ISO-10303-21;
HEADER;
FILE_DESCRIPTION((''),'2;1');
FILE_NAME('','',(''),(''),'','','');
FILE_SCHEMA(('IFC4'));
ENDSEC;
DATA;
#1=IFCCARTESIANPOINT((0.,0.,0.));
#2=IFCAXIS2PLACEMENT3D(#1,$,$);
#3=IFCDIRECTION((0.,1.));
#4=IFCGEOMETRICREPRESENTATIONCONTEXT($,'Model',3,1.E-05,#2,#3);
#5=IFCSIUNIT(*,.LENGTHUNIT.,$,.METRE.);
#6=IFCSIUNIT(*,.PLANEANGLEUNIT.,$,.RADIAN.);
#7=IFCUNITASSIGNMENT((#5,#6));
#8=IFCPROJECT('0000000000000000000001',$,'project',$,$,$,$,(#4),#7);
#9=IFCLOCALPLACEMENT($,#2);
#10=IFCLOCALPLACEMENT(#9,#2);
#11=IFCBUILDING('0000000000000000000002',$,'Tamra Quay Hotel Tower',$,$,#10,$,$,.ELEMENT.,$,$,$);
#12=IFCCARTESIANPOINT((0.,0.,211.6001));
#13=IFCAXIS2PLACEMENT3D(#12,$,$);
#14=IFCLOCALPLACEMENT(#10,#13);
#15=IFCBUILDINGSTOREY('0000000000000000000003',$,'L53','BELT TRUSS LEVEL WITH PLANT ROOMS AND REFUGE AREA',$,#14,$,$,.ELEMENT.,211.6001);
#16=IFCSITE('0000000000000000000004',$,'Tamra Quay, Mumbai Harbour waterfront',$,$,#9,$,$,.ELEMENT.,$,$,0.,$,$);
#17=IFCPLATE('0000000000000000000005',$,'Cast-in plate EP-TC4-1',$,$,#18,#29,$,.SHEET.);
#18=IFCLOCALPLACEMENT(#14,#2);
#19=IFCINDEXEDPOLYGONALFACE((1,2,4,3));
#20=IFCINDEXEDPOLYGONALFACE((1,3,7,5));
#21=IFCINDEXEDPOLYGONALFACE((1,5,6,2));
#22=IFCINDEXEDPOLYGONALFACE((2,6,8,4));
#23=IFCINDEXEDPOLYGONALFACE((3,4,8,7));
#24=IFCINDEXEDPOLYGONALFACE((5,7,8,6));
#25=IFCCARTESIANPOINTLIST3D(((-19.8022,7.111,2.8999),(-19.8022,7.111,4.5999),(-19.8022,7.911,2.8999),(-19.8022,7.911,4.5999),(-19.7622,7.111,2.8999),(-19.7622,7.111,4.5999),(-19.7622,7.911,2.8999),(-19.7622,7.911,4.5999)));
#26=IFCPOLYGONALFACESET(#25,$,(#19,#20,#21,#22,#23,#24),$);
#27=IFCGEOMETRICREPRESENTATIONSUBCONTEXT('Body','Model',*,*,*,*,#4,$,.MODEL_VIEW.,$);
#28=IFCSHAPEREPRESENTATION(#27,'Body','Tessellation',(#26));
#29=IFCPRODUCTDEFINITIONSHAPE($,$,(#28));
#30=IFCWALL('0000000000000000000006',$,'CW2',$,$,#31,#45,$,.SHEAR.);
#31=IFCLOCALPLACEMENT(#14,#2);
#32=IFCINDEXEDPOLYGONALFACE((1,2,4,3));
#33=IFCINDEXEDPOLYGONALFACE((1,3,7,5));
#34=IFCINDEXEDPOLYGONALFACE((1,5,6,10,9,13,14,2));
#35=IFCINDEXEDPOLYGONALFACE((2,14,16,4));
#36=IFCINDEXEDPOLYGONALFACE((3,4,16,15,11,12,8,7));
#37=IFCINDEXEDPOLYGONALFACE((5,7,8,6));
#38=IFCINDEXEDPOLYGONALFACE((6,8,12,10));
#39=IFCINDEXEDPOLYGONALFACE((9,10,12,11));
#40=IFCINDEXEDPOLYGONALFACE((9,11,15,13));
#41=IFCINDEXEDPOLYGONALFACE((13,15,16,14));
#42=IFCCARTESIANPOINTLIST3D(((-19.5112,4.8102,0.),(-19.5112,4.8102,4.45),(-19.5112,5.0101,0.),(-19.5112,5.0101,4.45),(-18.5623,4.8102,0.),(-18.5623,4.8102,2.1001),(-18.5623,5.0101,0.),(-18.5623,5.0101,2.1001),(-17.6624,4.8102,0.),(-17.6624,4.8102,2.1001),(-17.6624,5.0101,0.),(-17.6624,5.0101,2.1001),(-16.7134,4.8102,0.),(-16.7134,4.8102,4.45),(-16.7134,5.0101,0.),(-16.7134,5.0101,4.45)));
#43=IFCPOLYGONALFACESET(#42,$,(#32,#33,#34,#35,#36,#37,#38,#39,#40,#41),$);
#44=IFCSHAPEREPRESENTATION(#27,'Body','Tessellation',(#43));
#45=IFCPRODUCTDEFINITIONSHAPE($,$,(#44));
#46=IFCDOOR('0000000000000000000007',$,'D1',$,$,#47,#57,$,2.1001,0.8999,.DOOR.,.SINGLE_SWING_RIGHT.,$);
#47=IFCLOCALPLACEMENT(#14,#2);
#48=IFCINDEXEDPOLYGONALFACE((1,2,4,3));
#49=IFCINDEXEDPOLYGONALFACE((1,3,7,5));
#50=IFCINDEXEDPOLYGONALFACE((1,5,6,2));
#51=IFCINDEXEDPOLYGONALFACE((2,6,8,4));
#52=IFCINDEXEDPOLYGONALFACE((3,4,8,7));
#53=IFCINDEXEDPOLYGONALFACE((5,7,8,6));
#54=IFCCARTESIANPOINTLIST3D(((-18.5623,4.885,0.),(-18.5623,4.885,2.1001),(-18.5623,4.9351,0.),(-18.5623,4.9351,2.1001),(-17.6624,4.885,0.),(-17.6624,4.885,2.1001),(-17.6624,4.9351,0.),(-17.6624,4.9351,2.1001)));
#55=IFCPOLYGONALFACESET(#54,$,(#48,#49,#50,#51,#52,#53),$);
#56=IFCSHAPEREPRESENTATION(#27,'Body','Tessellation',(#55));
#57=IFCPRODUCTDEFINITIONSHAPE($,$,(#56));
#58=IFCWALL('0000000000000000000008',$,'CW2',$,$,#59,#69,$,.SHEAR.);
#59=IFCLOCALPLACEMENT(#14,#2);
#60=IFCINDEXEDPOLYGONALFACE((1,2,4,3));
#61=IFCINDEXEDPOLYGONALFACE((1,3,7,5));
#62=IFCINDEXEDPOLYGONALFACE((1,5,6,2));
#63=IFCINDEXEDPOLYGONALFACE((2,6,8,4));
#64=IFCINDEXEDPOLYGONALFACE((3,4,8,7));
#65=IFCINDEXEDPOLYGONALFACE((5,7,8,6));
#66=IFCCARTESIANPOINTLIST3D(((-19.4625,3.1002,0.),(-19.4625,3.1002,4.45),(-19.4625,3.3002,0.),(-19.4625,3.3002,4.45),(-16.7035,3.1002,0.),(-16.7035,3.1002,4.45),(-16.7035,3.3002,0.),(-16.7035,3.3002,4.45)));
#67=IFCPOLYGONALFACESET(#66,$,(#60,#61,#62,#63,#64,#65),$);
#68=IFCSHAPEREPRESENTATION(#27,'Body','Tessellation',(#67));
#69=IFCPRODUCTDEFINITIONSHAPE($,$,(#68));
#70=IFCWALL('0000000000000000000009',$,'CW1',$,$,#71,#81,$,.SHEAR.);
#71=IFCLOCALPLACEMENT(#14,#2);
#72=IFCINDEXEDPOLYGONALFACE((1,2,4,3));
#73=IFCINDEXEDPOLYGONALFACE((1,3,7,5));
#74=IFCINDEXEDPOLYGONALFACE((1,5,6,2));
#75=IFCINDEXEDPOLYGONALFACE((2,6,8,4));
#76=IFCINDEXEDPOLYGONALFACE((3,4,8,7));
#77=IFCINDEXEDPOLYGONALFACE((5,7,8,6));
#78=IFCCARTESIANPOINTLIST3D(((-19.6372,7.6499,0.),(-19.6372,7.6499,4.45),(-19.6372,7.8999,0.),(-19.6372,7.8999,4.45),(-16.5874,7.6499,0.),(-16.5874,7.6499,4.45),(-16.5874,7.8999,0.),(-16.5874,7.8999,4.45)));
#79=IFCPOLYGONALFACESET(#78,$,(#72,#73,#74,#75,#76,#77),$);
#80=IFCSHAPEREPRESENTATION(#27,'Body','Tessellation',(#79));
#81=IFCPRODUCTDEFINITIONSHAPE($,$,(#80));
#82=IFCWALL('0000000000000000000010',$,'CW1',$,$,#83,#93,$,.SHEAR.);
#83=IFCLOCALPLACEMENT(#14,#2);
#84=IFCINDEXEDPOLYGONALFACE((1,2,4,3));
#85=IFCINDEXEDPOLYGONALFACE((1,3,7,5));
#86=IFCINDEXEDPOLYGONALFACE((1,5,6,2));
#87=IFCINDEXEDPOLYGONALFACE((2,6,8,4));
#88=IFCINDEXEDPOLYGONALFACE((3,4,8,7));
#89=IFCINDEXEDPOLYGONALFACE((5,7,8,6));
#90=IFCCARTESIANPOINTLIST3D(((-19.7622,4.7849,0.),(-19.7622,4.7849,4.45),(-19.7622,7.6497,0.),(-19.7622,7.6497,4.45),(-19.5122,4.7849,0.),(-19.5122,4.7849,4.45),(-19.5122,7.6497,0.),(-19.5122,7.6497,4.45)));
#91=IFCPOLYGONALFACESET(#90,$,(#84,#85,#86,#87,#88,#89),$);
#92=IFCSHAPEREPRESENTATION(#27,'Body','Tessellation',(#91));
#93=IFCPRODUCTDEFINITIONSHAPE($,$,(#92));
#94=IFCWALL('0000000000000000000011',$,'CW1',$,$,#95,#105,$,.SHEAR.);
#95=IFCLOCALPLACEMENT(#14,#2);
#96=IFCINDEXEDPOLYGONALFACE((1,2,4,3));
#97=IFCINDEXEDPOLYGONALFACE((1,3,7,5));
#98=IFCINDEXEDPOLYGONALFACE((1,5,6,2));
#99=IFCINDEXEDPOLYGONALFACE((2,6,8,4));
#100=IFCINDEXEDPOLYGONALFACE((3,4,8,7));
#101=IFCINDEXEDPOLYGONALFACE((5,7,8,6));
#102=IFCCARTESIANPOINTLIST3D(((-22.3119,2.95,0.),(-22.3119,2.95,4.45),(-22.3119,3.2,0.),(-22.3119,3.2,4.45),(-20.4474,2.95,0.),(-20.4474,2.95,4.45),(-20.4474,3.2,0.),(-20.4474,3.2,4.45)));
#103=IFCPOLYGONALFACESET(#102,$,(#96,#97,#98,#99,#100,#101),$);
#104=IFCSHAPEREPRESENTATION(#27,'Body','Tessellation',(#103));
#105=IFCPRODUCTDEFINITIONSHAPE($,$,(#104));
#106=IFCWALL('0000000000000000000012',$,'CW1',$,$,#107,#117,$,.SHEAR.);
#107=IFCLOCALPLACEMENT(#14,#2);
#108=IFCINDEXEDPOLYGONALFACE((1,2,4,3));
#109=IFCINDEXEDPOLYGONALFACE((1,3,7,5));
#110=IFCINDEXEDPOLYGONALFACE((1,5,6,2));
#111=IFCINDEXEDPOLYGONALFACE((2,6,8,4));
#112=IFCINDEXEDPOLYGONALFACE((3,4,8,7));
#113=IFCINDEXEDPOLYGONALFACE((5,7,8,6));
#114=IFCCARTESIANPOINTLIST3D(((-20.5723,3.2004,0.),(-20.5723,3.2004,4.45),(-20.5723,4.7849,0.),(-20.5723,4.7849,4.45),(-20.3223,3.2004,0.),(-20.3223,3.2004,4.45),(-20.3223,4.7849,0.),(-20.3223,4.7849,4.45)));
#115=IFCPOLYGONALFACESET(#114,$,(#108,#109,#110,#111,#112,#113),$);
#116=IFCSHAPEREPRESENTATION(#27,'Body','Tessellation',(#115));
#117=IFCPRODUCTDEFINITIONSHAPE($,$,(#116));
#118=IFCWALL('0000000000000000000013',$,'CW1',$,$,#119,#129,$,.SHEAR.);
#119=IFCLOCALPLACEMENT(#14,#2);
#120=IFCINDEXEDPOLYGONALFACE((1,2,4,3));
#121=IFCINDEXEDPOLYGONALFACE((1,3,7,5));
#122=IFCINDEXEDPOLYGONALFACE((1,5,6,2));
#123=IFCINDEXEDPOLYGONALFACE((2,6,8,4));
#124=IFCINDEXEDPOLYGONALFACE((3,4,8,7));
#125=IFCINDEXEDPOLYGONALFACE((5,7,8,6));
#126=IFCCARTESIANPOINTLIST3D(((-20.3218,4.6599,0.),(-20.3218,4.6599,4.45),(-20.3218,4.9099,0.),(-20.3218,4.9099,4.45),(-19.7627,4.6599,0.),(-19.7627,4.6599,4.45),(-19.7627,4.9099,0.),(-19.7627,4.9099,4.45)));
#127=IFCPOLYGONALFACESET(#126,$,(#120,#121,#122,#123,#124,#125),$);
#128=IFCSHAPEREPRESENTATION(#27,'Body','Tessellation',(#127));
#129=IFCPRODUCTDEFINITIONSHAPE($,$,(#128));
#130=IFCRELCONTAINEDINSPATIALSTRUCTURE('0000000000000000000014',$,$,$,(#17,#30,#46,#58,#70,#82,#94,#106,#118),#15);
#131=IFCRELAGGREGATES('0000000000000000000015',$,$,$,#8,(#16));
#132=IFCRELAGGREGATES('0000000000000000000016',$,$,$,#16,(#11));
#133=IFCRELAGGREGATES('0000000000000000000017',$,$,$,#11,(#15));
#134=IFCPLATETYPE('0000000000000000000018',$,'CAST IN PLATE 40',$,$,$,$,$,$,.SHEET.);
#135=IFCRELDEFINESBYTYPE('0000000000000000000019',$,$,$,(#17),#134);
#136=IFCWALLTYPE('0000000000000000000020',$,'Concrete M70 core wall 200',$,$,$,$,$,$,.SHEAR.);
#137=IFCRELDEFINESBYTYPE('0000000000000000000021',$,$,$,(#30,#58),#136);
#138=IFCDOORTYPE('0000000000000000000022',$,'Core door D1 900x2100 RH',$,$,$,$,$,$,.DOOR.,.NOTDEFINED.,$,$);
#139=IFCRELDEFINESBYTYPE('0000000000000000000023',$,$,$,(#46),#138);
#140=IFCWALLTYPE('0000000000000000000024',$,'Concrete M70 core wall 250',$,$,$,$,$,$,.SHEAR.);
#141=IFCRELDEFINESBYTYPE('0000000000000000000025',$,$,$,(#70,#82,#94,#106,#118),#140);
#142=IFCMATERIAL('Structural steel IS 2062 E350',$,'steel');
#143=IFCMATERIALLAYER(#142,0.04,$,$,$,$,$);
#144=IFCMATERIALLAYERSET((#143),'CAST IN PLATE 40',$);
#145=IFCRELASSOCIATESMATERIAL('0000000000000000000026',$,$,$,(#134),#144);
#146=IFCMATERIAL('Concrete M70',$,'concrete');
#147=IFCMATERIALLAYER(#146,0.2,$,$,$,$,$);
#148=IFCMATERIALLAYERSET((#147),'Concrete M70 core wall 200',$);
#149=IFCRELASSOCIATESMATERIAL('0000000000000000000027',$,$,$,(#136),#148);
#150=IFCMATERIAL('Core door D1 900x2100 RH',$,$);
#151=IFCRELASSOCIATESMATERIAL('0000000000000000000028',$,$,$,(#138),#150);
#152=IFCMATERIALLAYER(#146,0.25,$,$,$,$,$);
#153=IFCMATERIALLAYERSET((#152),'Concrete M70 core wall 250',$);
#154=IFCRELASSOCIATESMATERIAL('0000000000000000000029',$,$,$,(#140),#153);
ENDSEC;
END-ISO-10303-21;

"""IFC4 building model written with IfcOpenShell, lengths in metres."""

from ifc_helpers import new_model, si_unit, direction, frame, frame_2d, origin, origin_2d, place, context, subcontext, project, spatial, rectangle, extrude, material, layer, layer_set, type_object, element, fill, save


model = new_model("IFC4")

# Units and contexts
model_context = context("Model", 3, precision=1e-05, world=origin(), true_north=direction((0.0, 1.0)))
body_context = subcontext(model_context, "Body", "Model", "MODEL_VIEW")
ifc_project = project(units=[si_unit("LENGTHUNIT", "METRE"), si_unit("PLANEANGLEUNIT", "RADIAN")], contexts=[model_context])

# Site, building, storey
site_placement = place(None, origin())
site = spatial("IfcSite", under=ifc_project, at=site_placement, Name="Tamra Quay, Mumbai Harbour waterfront", CompositionType="ELEMENT", RefElevation=0.0)
building_placement = place(site_placement, origin())
building = spatial("IfcBuilding", under=site, at=building_placement, Name="Tamra Quay Hotel Tower", CompositionType="ELEMENT")
storey_placement = place(building_placement, frame((0.0, 0.0, 211.6001)))
storey = spatial("IfcBuildingStorey", under=building, at=storey_placement, Name="L53", Description="BELT TRUSS LEVEL WITH PLANT ROOMS AND REFUGE AREA", CompositionType="ELEMENT", Elevation=211.6001)

# Shared definitions
ifc_material_1 = material(Name="Structural steel IS 2062 E350", Category="steel")

# Plate
ifc_layer_1 = layer(ifc_material_1, 0.04)
ifc_layer_set_1 = layer_set([ifc_layer_1], Name="CAST IN PLATE 40")
plate_type_1 = type_object("IfcPlateType", Name="CAST IN PLATE 40", PredefinedType="SHEET", material=ifc_layer_set_1)
plate_placement = place(storey_placement, frame((-19.7822, 7.511, 2.8999), z_axis=(0.0, 0.0, 1.0), x_axis=(-1.0, 0.0, 0.0)))
element("IfcPlate", 1, at=plate_placement, inside=storey, type_object=plate_type_1, Name="Cast-in plate EP-TC4-1", PredefinedType="SHEET", context=body_context, shape_type="SweptSolid", body=[
    extrude(rectangle(XDim=0.04, YDim=0.8, at=origin_2d()), origin(), (0.0, 0.0, 1.0), 1.7),
])

# Wall, opening, door
ifc_material_2 = material(Name="Concrete M70", Category="concrete")
ifc_layer_2 = layer(ifc_material_2, 0.2)
ifc_layer_set_2 = layer_set([ifc_layer_2], Name="Concrete M70 core wall 200")
wall_type_1 = type_object("IfcWallType", Name="Concrete M70 core wall 200", PredefinedType="SHEAR", material=ifc_layer_set_2)
wall_1_placement = place(storey_placement, frame((-19.5112, 4.9102, 0.0), z_axis=(0.0, 0.0, 1.0), x_axis=(1.0, 0.0, 0.0)))
wall_1 = element("IfcWall", 2, at=wall_1_placement, inside=storey, type_object=wall_type_1, Name="CW2", PredefinedType="SHEAR", context=body_context, shape_type="SweptSolid", body=[
    extrude(rectangle(XDim=2.7979, YDim=0.2, at=frame_2d((1.3989, 0.0))), origin(), (0.0, 0.0, 1.0), 4.45),
])
opening_placement = place(wall_1_placement, frame((0.949, 0.0, 0.0)))
opening = element("IfcOpeningElement", 3, at=opening_placement, cuts=wall_1, PredefinedType="OPENING", context=body_context, shape_type="SweptSolid", body=[
    extrude(rectangle(XDim=0.8999, YDim=2.1001, at=frame_2d((0.45, 1.05))), frame((0.0, 0.1099, 0.0), z_axis=(0.0, -1.0, 0.0), x_axis=(1.0, 0.0, 0.0)), (0.0, 0.0, 1.0), 0.22),
])
ifc_material_3 = material(Name="Core door D1 900x2100 RH")
door_type = type_object("IfcDoorType", Name="Core door D1 900x2100 RH", OperationType="NOTDEFINED", PredefinedType="DOOR", material=ifc_material_3)
door_placement = place(opening_placement, origin())
door = element("IfcDoor", 4, at=door_placement, inside=storey, type_object=door_type, Name="D1", OperationType="SINGLE_SWING_RIGHT", OverallHeight=2.1001, OverallWidth=0.8999, PredefinedType="DOOR", context=body_context, shape_type="SweptSolid", body=[
    extrude(rectangle(XDim=0.8999, YDim=2.1001, at=frame_2d((0.45, 1.05))), frame((0.0, 0.0249, 0.0), z_axis=(0.0, -1.0, 0.0), x_axis=(1.0, 0.0, 0.0)), (0.0, 0.0, 1.0), 0.05),
])
fill(opening, door)

# Walls
wall_2_placement = place(storey_placement, frame((-19.4624, 3.2002, 0.0), z_axis=(0.0, 0.0, 1.0), x_axis=(1.0, 0.0, 0.0)))
element("IfcWall", 5, at=wall_2_placement, inside=storey, type_object=wall_type_1, Name="CW2", PredefinedType="SHEAR", context=body_context, shape_type="SweptSolid", body=[
    extrude(rectangle(XDim=2.759, YDim=0.2, at=frame_2d((1.3794, 0.0))), origin(), (0.0, 0.0, 1.0), 4.45),
])
ifc_layer_3 = layer(ifc_material_2, 0.25)
ifc_layer_set_3 = layer_set([ifc_layer_3], Name="Concrete M70 core wall 250")
wall_type_2 = type_object("IfcWallType", Name="Concrete M70 core wall 250", PredefinedType="SHEAR", material=ifc_layer_set_3)
wall_3_placement = place(storey_placement, frame((-19.6372, 7.7749, 0.0), z_axis=(0.0, 0.0, 1.0), x_axis=(1.0, 0.0, 0.0)))
element("IfcWall", 6, at=wall_3_placement, inside=storey, type_object=wall_type_2, Name="CW1", PredefinedType="SHEAR", context=body_context, shape_type="SweptSolid", body=[
    extrude(rectangle(XDim=3.0498, YDim=0.25, at=frame_2d((1.5249, 0.0))), origin(), (0.0, 0.0, 1.0), 4.45),
])
wall_4_placement = place(storey_placement, frame((-19.6372, 4.7849, 0.0), z_axis=(0.0, 0.0, 1.0), x_axis=(0.0, 1.0, 0.0)))
element("IfcWall", 7, at=wall_4_placement, inside=storey, type_object=wall_type_2, Name="CW1", PredefinedType="SHEAR", context=body_context, shape_type="SweptSolid", body=[
    extrude(rectangle(XDim=2.8647, YDim=0.25, at=frame_2d((1.4324, 0.0))), origin(), (0.0, 0.0, 1.0), 4.45),
])
wall_5_placement = place(storey_placement, frame((-22.3118, 3.075, 0.0), z_axis=(0.0, 0.0, 1.0), x_axis=(1.0, 0.0, 0.0)))
element("IfcWall", 8, at=wall_5_placement, inside=storey, type_object=wall_type_2, Name="CW1", PredefinedType="SHEAR", context=body_context, shape_type="SweptSolid", body=[
    extrude(rectangle(XDim=1.8645, YDim=0.25, at=frame_2d((0.9321, 0.0))), origin(), (0.0, 0.0, 1.0), 4.45),
])
wall_6_placement = place(storey_placement, frame((-20.4473, 3.2004, 0.0), z_axis=(0.0, 0.0, 1.0), x_axis=(0.0, 1.0, 0.0)))
element("IfcWall", 9, at=wall_6_placement, inside=storey, type_object=wall_type_2, Name="CW1", PredefinedType="SHEAR", context=body_context, shape_type="SweptSolid", body=[
    extrude(rectangle(XDim=1.5845, YDim=0.25, at=frame_2d((0.7922, 0.0))), origin(), (0.0, 0.0, 1.0), 4.45),
])
wall_7_placement = place(storey_placement, frame((-20.3218, 4.7849, 0.0), z_axis=(0.0, 0.0, 1.0), x_axis=(1.0, 0.0, 0.0)))
element("IfcWall", 10, at=wall_7_placement, inside=storey, type_object=wall_type_2, Name="CW1", PredefinedType="SHEAR", context=body_context, shape_type="SweptSolid", body=[
    extrude(rectangle(XDim=0.5591, YDim=0.25, at=frame_2d((0.2795, 0.0))), origin(), (0.0, 0.0, 1.0), 4.45),
])

save(model, "model.ifc")
